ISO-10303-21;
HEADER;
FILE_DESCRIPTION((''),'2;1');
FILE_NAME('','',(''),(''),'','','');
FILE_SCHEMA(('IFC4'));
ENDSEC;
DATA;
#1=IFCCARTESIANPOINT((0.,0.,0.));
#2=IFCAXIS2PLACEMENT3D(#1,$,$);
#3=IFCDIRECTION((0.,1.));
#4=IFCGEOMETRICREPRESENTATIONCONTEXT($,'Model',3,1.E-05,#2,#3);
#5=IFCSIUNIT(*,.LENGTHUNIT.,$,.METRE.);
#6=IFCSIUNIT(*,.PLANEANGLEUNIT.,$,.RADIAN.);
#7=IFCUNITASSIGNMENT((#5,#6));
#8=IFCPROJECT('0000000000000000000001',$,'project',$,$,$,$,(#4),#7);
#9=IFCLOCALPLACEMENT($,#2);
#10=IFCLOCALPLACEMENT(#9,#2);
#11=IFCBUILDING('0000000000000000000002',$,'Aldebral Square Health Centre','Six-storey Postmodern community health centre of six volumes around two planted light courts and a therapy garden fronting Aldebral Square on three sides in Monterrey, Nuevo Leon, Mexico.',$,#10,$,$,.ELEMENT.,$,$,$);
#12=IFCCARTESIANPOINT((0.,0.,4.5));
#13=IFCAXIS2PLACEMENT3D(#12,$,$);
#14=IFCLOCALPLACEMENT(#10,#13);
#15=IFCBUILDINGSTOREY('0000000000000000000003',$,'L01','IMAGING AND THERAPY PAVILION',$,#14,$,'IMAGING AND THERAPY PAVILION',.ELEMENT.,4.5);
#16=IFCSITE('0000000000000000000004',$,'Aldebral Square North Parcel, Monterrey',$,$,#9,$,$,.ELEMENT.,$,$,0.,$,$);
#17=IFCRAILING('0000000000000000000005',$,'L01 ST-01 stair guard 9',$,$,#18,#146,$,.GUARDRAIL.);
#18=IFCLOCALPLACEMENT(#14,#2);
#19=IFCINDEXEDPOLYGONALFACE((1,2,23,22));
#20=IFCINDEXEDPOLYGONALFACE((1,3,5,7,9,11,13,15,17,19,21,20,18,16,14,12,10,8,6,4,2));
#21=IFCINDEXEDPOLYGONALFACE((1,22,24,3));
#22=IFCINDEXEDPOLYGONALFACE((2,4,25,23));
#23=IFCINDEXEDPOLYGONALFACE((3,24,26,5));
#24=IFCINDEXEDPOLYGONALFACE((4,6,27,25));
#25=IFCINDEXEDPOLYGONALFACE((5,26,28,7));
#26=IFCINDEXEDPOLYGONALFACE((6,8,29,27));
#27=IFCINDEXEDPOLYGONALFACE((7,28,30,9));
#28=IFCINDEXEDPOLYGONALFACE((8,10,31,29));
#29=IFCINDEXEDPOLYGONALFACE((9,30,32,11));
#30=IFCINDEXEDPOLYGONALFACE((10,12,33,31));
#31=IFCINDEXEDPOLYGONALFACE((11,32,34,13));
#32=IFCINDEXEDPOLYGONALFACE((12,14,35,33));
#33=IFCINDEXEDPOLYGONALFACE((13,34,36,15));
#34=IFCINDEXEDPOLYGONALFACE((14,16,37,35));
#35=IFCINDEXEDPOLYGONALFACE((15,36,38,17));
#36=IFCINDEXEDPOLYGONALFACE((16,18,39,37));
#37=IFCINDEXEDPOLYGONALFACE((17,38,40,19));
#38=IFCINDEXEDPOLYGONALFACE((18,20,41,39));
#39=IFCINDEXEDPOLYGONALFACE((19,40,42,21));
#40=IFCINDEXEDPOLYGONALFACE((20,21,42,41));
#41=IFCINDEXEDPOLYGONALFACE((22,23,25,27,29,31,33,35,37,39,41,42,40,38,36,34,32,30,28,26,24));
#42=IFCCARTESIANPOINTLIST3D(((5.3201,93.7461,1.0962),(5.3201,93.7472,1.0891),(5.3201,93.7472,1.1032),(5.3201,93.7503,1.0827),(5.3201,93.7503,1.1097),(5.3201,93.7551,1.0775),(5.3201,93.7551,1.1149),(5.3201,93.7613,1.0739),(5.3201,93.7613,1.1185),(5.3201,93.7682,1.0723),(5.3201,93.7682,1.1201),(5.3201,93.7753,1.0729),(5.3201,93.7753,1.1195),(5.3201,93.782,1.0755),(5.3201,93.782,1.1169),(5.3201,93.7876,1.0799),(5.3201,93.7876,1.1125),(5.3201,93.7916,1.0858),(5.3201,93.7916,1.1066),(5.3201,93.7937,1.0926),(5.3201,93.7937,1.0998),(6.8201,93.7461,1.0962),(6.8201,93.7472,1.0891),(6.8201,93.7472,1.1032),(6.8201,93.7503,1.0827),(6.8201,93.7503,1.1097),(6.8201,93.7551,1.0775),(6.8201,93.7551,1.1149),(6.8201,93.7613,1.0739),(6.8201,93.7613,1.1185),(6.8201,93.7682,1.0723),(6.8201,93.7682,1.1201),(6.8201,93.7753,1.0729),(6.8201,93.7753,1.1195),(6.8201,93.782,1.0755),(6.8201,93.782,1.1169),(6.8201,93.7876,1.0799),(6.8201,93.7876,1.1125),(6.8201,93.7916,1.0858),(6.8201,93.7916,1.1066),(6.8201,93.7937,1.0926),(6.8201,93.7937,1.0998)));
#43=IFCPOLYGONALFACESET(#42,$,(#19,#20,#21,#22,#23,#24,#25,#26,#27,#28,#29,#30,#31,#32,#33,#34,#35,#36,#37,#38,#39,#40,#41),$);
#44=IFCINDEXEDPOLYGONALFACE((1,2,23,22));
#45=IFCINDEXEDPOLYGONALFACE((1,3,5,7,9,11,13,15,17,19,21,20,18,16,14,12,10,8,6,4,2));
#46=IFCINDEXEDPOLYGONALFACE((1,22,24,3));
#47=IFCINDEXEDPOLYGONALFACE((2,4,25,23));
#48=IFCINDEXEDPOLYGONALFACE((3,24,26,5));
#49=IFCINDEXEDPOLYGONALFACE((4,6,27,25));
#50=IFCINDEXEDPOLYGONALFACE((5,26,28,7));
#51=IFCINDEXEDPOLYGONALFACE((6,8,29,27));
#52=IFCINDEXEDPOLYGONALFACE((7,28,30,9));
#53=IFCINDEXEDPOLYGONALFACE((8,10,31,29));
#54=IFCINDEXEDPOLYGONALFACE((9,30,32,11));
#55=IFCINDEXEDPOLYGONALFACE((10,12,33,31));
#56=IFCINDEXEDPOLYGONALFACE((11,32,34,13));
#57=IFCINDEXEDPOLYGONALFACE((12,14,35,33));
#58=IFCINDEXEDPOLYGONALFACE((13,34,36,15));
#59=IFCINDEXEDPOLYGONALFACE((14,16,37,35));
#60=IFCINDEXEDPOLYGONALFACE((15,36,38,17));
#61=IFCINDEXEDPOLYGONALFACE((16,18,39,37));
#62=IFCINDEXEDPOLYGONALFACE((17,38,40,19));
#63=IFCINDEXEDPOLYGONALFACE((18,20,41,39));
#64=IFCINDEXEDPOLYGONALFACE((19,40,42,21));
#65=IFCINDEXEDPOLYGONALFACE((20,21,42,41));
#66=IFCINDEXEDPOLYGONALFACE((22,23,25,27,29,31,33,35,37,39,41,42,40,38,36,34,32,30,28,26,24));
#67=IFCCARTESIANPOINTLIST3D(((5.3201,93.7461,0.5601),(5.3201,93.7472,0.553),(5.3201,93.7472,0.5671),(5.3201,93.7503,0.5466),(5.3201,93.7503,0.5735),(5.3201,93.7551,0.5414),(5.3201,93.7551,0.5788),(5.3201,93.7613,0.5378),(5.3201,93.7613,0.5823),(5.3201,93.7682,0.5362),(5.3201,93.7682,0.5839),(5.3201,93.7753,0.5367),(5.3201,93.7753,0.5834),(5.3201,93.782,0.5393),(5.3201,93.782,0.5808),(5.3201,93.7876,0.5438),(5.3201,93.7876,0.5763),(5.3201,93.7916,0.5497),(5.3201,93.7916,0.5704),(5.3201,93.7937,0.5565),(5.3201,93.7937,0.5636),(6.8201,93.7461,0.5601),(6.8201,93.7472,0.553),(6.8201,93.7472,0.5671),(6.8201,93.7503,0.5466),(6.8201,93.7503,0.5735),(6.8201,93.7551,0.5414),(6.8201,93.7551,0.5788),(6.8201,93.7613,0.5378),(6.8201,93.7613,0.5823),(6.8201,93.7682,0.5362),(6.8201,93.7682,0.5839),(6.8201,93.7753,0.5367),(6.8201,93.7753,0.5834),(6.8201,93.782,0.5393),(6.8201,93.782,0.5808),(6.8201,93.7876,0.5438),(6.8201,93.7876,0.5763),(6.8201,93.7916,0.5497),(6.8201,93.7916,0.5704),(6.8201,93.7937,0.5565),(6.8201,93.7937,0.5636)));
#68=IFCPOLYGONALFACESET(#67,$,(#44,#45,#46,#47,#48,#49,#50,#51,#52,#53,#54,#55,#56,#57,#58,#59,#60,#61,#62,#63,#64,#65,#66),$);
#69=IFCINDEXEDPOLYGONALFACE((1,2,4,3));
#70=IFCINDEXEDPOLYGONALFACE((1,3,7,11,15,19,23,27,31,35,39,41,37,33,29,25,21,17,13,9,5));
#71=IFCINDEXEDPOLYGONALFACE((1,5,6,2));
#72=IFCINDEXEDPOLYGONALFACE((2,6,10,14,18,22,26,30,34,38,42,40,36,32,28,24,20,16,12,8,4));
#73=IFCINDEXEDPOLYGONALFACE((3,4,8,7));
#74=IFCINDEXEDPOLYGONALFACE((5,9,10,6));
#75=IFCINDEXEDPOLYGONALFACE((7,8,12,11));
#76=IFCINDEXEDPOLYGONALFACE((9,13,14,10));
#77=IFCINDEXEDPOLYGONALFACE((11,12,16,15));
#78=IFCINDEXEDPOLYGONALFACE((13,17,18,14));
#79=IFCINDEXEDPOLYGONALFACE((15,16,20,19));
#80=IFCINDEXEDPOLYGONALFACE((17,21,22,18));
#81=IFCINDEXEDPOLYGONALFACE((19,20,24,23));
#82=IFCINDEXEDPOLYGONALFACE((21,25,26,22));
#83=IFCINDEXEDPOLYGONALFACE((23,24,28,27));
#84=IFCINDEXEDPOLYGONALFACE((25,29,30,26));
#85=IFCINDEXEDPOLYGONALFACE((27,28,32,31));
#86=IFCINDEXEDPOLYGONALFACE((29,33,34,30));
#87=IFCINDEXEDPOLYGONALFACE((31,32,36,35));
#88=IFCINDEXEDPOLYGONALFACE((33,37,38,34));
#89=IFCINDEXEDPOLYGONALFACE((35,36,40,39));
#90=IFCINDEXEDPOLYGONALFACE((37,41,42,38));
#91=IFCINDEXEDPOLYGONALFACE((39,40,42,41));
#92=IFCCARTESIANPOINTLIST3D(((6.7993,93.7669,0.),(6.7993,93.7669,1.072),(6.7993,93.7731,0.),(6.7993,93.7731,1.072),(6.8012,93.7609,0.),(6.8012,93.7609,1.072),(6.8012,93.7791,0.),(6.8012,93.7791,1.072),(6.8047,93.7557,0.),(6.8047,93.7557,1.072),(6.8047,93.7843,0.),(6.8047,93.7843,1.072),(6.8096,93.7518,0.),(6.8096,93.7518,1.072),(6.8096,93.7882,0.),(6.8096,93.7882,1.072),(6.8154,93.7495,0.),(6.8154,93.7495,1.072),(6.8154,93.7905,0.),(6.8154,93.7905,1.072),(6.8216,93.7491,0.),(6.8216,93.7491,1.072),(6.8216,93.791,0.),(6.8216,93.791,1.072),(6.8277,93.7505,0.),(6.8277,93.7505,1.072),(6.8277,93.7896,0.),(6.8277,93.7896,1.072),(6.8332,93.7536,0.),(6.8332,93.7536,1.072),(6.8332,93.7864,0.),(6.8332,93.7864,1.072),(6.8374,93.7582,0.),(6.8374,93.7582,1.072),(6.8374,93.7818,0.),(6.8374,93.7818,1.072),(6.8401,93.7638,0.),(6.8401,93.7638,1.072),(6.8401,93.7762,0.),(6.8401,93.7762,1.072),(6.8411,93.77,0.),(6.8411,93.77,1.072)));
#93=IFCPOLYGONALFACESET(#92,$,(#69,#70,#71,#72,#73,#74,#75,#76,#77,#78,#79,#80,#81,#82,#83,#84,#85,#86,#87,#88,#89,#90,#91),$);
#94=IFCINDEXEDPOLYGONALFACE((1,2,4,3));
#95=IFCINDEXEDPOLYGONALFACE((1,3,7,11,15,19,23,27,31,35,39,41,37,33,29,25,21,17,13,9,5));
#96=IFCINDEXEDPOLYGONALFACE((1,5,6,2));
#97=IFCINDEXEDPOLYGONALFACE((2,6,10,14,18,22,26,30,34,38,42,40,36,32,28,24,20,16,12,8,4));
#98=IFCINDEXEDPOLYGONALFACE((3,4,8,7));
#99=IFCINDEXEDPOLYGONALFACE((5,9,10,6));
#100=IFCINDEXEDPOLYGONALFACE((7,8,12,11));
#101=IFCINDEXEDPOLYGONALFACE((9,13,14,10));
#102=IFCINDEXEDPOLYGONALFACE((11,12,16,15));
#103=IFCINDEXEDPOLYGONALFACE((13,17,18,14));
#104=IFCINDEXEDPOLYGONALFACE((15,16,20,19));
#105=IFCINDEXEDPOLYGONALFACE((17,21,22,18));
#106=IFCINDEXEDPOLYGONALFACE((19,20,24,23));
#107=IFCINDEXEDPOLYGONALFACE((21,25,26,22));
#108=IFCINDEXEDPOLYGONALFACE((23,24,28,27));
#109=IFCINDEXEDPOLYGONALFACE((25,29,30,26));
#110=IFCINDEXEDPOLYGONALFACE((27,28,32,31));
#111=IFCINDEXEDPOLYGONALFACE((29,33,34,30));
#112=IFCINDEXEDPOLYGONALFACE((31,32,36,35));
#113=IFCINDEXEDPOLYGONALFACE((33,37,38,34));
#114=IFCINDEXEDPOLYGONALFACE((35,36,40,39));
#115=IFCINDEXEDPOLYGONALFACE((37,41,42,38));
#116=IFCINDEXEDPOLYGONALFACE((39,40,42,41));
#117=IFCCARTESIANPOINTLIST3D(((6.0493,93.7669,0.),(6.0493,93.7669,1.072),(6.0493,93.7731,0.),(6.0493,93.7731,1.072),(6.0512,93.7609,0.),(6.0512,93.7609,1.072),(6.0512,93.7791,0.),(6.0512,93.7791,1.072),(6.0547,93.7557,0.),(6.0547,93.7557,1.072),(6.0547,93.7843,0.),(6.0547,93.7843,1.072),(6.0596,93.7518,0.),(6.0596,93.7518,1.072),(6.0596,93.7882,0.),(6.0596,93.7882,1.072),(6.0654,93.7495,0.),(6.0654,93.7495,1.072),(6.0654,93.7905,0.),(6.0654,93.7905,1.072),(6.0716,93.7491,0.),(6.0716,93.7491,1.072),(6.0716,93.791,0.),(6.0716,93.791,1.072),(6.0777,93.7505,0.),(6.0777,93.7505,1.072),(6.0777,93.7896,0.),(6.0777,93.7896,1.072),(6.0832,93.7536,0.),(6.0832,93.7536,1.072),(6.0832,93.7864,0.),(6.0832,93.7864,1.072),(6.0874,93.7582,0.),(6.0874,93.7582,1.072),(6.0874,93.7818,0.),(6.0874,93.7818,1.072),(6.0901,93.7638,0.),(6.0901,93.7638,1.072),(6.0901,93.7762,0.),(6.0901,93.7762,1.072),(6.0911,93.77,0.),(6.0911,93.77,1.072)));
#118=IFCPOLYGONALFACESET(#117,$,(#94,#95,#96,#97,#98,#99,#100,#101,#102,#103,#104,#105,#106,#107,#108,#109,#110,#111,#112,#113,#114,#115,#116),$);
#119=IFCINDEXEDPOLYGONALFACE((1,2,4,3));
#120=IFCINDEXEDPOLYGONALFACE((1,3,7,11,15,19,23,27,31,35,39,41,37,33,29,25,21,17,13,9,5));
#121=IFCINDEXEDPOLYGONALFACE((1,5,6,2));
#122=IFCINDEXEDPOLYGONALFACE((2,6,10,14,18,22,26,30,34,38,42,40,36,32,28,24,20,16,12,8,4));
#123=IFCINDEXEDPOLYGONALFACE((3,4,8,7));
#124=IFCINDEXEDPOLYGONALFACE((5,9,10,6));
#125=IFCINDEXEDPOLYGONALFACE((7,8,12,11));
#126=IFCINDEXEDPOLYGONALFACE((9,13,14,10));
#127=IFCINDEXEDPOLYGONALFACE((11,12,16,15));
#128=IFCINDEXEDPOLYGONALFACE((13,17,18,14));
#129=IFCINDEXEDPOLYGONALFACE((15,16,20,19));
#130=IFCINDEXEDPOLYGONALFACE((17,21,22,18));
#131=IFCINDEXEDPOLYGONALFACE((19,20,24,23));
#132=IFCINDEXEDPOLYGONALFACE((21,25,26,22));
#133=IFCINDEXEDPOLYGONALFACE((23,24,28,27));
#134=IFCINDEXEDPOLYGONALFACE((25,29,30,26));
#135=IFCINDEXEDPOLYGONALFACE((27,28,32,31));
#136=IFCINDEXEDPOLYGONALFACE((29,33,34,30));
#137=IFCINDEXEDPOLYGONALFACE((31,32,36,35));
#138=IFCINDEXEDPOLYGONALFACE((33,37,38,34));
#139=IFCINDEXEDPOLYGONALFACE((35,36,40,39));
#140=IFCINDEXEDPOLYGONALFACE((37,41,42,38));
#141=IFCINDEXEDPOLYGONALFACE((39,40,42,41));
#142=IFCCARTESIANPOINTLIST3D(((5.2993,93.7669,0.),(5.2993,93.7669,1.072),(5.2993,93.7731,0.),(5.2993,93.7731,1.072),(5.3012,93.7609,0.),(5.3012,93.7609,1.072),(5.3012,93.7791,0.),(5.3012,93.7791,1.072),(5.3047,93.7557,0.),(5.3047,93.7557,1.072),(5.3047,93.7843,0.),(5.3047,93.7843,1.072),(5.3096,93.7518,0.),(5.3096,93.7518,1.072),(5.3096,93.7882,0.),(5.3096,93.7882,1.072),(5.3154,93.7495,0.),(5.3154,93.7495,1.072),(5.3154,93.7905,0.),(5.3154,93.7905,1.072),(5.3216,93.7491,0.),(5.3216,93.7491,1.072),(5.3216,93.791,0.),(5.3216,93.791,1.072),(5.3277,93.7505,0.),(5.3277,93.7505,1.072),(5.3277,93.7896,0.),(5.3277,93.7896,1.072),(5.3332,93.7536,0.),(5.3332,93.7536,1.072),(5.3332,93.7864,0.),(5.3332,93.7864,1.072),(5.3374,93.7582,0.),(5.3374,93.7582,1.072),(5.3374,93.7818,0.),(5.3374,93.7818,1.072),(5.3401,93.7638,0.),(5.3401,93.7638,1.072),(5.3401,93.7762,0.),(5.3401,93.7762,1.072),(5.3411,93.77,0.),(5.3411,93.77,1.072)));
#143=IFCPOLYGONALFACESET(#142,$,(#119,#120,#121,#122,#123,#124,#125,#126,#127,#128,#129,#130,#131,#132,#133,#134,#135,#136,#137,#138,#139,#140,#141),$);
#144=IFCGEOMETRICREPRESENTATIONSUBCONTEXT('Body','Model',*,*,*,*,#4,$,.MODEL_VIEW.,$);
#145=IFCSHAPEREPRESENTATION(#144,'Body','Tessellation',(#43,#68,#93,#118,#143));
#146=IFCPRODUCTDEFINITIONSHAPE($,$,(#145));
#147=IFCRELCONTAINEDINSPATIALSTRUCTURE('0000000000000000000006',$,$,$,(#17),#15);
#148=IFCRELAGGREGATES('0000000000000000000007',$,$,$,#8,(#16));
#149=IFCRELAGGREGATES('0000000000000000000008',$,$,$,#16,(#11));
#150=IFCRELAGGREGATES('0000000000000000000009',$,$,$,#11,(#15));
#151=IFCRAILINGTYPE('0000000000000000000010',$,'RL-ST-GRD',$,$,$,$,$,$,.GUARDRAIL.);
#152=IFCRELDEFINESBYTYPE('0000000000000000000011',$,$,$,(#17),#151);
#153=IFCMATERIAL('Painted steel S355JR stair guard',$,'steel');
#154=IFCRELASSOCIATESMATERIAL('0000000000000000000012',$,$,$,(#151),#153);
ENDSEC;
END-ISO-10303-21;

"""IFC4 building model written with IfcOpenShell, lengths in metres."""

from ifc_helpers import new_model, si_unit, direction, frame, origin, origin_2d, place, context, subcontext, project, spatial, circle, extrude, material, type_object, element, save


model = new_model("IFC4")

# Units and contexts
model_context = context("Model", 3, precision=1e-05, world=origin(), true_north=direction((0.0, 1.0)))
body_context = subcontext(model_context, "Body", "Model", "MODEL_VIEW")
ifc_project = project(units=[si_unit("LENGTHUNIT", "METRE"), si_unit("PLANEANGLEUNIT", "RADIAN")], contexts=[model_context])

# Site, building, storey
site_placement = place(None, origin())
site = spatial("IfcSite", under=ifc_project, at=site_placement, Name="Aldebral Square North Parcel, Monterrey", CompositionType="ELEMENT", RefElevation=0.0)
building_placement = place(site_placement, origin())
building = spatial("IfcBuilding", under=site, at=building_placement, Name="Aldebral Square Health Centre", Description="Six-storey Postmodern community health centre of six volumes around two planted light courts and a therapy garden fronting Aldebral Square on three sides in Monterrey, Nuevo Leon, Mexico.", CompositionType="ELEMENT")
storey_placement = place(building_placement, frame((0.0, 0.0, 4.5)))
storey = spatial("IfcBuildingStorey", under=building, at=storey_placement, Name="L01", Description="IMAGING AND THERAPY PAVILION", LongName="IMAGING AND THERAPY PAVILION", CompositionType="ELEMENT", Elevation=4.5)

# Railing
ifc_material_1 = material(Name="Painted steel S355JR stair guard", Category="steel")
railing_type = type_object("IfcRailingType", Name="RL-ST-GRD", PredefinedType="GUARDRAIL", material=ifc_material_1)
railing_1_placement = place(storey_placement, frame((6.8201, 93.77, 0.0)))
element("IfcRailing", 1, at=railing_1_placement, inside=storey, type_object=railing_type, Name="L01 ST-01 stair guard 9", PredefinedType="GUARDRAIL", context=body_context, shape_type="SweptSolid", body=[
    extrude(circle(Radius=0.0239, at=origin_2d()), frame((0.0, 0.0, 1.0962), z_axis=(-1.0, 0.0, 0.0), x_axis=(0.0, -1.0, 0.0)), (0.0, 0.0, 1.0), 1.5),
    extrude(circle(Radius=0.0239, at=origin_2d()), frame((0.0, 0.0, 0.5601), z_axis=(-1.0, 0.0, 0.0), x_axis=(0.0, -1.0, 0.0)), (0.0, 0.0, 1.0), 1.5),
    extrude(circle(Radius=0.021, at=origin_2d()), origin(), (0.0, 0.0, 1.0), 1.072),
    extrude(circle(Radius=0.021, at=origin_2d()), frame((-0.75, 0.0, 0.0)), (0.0, 0.0, 1.0), 1.072),
    extrude(circle(Radius=0.021, at=origin_2d()), frame((-1.5, 0.0, 0.0)), (0.0, 0.0, 1.0), 1.072),
])

save(model, "model.ifc")
